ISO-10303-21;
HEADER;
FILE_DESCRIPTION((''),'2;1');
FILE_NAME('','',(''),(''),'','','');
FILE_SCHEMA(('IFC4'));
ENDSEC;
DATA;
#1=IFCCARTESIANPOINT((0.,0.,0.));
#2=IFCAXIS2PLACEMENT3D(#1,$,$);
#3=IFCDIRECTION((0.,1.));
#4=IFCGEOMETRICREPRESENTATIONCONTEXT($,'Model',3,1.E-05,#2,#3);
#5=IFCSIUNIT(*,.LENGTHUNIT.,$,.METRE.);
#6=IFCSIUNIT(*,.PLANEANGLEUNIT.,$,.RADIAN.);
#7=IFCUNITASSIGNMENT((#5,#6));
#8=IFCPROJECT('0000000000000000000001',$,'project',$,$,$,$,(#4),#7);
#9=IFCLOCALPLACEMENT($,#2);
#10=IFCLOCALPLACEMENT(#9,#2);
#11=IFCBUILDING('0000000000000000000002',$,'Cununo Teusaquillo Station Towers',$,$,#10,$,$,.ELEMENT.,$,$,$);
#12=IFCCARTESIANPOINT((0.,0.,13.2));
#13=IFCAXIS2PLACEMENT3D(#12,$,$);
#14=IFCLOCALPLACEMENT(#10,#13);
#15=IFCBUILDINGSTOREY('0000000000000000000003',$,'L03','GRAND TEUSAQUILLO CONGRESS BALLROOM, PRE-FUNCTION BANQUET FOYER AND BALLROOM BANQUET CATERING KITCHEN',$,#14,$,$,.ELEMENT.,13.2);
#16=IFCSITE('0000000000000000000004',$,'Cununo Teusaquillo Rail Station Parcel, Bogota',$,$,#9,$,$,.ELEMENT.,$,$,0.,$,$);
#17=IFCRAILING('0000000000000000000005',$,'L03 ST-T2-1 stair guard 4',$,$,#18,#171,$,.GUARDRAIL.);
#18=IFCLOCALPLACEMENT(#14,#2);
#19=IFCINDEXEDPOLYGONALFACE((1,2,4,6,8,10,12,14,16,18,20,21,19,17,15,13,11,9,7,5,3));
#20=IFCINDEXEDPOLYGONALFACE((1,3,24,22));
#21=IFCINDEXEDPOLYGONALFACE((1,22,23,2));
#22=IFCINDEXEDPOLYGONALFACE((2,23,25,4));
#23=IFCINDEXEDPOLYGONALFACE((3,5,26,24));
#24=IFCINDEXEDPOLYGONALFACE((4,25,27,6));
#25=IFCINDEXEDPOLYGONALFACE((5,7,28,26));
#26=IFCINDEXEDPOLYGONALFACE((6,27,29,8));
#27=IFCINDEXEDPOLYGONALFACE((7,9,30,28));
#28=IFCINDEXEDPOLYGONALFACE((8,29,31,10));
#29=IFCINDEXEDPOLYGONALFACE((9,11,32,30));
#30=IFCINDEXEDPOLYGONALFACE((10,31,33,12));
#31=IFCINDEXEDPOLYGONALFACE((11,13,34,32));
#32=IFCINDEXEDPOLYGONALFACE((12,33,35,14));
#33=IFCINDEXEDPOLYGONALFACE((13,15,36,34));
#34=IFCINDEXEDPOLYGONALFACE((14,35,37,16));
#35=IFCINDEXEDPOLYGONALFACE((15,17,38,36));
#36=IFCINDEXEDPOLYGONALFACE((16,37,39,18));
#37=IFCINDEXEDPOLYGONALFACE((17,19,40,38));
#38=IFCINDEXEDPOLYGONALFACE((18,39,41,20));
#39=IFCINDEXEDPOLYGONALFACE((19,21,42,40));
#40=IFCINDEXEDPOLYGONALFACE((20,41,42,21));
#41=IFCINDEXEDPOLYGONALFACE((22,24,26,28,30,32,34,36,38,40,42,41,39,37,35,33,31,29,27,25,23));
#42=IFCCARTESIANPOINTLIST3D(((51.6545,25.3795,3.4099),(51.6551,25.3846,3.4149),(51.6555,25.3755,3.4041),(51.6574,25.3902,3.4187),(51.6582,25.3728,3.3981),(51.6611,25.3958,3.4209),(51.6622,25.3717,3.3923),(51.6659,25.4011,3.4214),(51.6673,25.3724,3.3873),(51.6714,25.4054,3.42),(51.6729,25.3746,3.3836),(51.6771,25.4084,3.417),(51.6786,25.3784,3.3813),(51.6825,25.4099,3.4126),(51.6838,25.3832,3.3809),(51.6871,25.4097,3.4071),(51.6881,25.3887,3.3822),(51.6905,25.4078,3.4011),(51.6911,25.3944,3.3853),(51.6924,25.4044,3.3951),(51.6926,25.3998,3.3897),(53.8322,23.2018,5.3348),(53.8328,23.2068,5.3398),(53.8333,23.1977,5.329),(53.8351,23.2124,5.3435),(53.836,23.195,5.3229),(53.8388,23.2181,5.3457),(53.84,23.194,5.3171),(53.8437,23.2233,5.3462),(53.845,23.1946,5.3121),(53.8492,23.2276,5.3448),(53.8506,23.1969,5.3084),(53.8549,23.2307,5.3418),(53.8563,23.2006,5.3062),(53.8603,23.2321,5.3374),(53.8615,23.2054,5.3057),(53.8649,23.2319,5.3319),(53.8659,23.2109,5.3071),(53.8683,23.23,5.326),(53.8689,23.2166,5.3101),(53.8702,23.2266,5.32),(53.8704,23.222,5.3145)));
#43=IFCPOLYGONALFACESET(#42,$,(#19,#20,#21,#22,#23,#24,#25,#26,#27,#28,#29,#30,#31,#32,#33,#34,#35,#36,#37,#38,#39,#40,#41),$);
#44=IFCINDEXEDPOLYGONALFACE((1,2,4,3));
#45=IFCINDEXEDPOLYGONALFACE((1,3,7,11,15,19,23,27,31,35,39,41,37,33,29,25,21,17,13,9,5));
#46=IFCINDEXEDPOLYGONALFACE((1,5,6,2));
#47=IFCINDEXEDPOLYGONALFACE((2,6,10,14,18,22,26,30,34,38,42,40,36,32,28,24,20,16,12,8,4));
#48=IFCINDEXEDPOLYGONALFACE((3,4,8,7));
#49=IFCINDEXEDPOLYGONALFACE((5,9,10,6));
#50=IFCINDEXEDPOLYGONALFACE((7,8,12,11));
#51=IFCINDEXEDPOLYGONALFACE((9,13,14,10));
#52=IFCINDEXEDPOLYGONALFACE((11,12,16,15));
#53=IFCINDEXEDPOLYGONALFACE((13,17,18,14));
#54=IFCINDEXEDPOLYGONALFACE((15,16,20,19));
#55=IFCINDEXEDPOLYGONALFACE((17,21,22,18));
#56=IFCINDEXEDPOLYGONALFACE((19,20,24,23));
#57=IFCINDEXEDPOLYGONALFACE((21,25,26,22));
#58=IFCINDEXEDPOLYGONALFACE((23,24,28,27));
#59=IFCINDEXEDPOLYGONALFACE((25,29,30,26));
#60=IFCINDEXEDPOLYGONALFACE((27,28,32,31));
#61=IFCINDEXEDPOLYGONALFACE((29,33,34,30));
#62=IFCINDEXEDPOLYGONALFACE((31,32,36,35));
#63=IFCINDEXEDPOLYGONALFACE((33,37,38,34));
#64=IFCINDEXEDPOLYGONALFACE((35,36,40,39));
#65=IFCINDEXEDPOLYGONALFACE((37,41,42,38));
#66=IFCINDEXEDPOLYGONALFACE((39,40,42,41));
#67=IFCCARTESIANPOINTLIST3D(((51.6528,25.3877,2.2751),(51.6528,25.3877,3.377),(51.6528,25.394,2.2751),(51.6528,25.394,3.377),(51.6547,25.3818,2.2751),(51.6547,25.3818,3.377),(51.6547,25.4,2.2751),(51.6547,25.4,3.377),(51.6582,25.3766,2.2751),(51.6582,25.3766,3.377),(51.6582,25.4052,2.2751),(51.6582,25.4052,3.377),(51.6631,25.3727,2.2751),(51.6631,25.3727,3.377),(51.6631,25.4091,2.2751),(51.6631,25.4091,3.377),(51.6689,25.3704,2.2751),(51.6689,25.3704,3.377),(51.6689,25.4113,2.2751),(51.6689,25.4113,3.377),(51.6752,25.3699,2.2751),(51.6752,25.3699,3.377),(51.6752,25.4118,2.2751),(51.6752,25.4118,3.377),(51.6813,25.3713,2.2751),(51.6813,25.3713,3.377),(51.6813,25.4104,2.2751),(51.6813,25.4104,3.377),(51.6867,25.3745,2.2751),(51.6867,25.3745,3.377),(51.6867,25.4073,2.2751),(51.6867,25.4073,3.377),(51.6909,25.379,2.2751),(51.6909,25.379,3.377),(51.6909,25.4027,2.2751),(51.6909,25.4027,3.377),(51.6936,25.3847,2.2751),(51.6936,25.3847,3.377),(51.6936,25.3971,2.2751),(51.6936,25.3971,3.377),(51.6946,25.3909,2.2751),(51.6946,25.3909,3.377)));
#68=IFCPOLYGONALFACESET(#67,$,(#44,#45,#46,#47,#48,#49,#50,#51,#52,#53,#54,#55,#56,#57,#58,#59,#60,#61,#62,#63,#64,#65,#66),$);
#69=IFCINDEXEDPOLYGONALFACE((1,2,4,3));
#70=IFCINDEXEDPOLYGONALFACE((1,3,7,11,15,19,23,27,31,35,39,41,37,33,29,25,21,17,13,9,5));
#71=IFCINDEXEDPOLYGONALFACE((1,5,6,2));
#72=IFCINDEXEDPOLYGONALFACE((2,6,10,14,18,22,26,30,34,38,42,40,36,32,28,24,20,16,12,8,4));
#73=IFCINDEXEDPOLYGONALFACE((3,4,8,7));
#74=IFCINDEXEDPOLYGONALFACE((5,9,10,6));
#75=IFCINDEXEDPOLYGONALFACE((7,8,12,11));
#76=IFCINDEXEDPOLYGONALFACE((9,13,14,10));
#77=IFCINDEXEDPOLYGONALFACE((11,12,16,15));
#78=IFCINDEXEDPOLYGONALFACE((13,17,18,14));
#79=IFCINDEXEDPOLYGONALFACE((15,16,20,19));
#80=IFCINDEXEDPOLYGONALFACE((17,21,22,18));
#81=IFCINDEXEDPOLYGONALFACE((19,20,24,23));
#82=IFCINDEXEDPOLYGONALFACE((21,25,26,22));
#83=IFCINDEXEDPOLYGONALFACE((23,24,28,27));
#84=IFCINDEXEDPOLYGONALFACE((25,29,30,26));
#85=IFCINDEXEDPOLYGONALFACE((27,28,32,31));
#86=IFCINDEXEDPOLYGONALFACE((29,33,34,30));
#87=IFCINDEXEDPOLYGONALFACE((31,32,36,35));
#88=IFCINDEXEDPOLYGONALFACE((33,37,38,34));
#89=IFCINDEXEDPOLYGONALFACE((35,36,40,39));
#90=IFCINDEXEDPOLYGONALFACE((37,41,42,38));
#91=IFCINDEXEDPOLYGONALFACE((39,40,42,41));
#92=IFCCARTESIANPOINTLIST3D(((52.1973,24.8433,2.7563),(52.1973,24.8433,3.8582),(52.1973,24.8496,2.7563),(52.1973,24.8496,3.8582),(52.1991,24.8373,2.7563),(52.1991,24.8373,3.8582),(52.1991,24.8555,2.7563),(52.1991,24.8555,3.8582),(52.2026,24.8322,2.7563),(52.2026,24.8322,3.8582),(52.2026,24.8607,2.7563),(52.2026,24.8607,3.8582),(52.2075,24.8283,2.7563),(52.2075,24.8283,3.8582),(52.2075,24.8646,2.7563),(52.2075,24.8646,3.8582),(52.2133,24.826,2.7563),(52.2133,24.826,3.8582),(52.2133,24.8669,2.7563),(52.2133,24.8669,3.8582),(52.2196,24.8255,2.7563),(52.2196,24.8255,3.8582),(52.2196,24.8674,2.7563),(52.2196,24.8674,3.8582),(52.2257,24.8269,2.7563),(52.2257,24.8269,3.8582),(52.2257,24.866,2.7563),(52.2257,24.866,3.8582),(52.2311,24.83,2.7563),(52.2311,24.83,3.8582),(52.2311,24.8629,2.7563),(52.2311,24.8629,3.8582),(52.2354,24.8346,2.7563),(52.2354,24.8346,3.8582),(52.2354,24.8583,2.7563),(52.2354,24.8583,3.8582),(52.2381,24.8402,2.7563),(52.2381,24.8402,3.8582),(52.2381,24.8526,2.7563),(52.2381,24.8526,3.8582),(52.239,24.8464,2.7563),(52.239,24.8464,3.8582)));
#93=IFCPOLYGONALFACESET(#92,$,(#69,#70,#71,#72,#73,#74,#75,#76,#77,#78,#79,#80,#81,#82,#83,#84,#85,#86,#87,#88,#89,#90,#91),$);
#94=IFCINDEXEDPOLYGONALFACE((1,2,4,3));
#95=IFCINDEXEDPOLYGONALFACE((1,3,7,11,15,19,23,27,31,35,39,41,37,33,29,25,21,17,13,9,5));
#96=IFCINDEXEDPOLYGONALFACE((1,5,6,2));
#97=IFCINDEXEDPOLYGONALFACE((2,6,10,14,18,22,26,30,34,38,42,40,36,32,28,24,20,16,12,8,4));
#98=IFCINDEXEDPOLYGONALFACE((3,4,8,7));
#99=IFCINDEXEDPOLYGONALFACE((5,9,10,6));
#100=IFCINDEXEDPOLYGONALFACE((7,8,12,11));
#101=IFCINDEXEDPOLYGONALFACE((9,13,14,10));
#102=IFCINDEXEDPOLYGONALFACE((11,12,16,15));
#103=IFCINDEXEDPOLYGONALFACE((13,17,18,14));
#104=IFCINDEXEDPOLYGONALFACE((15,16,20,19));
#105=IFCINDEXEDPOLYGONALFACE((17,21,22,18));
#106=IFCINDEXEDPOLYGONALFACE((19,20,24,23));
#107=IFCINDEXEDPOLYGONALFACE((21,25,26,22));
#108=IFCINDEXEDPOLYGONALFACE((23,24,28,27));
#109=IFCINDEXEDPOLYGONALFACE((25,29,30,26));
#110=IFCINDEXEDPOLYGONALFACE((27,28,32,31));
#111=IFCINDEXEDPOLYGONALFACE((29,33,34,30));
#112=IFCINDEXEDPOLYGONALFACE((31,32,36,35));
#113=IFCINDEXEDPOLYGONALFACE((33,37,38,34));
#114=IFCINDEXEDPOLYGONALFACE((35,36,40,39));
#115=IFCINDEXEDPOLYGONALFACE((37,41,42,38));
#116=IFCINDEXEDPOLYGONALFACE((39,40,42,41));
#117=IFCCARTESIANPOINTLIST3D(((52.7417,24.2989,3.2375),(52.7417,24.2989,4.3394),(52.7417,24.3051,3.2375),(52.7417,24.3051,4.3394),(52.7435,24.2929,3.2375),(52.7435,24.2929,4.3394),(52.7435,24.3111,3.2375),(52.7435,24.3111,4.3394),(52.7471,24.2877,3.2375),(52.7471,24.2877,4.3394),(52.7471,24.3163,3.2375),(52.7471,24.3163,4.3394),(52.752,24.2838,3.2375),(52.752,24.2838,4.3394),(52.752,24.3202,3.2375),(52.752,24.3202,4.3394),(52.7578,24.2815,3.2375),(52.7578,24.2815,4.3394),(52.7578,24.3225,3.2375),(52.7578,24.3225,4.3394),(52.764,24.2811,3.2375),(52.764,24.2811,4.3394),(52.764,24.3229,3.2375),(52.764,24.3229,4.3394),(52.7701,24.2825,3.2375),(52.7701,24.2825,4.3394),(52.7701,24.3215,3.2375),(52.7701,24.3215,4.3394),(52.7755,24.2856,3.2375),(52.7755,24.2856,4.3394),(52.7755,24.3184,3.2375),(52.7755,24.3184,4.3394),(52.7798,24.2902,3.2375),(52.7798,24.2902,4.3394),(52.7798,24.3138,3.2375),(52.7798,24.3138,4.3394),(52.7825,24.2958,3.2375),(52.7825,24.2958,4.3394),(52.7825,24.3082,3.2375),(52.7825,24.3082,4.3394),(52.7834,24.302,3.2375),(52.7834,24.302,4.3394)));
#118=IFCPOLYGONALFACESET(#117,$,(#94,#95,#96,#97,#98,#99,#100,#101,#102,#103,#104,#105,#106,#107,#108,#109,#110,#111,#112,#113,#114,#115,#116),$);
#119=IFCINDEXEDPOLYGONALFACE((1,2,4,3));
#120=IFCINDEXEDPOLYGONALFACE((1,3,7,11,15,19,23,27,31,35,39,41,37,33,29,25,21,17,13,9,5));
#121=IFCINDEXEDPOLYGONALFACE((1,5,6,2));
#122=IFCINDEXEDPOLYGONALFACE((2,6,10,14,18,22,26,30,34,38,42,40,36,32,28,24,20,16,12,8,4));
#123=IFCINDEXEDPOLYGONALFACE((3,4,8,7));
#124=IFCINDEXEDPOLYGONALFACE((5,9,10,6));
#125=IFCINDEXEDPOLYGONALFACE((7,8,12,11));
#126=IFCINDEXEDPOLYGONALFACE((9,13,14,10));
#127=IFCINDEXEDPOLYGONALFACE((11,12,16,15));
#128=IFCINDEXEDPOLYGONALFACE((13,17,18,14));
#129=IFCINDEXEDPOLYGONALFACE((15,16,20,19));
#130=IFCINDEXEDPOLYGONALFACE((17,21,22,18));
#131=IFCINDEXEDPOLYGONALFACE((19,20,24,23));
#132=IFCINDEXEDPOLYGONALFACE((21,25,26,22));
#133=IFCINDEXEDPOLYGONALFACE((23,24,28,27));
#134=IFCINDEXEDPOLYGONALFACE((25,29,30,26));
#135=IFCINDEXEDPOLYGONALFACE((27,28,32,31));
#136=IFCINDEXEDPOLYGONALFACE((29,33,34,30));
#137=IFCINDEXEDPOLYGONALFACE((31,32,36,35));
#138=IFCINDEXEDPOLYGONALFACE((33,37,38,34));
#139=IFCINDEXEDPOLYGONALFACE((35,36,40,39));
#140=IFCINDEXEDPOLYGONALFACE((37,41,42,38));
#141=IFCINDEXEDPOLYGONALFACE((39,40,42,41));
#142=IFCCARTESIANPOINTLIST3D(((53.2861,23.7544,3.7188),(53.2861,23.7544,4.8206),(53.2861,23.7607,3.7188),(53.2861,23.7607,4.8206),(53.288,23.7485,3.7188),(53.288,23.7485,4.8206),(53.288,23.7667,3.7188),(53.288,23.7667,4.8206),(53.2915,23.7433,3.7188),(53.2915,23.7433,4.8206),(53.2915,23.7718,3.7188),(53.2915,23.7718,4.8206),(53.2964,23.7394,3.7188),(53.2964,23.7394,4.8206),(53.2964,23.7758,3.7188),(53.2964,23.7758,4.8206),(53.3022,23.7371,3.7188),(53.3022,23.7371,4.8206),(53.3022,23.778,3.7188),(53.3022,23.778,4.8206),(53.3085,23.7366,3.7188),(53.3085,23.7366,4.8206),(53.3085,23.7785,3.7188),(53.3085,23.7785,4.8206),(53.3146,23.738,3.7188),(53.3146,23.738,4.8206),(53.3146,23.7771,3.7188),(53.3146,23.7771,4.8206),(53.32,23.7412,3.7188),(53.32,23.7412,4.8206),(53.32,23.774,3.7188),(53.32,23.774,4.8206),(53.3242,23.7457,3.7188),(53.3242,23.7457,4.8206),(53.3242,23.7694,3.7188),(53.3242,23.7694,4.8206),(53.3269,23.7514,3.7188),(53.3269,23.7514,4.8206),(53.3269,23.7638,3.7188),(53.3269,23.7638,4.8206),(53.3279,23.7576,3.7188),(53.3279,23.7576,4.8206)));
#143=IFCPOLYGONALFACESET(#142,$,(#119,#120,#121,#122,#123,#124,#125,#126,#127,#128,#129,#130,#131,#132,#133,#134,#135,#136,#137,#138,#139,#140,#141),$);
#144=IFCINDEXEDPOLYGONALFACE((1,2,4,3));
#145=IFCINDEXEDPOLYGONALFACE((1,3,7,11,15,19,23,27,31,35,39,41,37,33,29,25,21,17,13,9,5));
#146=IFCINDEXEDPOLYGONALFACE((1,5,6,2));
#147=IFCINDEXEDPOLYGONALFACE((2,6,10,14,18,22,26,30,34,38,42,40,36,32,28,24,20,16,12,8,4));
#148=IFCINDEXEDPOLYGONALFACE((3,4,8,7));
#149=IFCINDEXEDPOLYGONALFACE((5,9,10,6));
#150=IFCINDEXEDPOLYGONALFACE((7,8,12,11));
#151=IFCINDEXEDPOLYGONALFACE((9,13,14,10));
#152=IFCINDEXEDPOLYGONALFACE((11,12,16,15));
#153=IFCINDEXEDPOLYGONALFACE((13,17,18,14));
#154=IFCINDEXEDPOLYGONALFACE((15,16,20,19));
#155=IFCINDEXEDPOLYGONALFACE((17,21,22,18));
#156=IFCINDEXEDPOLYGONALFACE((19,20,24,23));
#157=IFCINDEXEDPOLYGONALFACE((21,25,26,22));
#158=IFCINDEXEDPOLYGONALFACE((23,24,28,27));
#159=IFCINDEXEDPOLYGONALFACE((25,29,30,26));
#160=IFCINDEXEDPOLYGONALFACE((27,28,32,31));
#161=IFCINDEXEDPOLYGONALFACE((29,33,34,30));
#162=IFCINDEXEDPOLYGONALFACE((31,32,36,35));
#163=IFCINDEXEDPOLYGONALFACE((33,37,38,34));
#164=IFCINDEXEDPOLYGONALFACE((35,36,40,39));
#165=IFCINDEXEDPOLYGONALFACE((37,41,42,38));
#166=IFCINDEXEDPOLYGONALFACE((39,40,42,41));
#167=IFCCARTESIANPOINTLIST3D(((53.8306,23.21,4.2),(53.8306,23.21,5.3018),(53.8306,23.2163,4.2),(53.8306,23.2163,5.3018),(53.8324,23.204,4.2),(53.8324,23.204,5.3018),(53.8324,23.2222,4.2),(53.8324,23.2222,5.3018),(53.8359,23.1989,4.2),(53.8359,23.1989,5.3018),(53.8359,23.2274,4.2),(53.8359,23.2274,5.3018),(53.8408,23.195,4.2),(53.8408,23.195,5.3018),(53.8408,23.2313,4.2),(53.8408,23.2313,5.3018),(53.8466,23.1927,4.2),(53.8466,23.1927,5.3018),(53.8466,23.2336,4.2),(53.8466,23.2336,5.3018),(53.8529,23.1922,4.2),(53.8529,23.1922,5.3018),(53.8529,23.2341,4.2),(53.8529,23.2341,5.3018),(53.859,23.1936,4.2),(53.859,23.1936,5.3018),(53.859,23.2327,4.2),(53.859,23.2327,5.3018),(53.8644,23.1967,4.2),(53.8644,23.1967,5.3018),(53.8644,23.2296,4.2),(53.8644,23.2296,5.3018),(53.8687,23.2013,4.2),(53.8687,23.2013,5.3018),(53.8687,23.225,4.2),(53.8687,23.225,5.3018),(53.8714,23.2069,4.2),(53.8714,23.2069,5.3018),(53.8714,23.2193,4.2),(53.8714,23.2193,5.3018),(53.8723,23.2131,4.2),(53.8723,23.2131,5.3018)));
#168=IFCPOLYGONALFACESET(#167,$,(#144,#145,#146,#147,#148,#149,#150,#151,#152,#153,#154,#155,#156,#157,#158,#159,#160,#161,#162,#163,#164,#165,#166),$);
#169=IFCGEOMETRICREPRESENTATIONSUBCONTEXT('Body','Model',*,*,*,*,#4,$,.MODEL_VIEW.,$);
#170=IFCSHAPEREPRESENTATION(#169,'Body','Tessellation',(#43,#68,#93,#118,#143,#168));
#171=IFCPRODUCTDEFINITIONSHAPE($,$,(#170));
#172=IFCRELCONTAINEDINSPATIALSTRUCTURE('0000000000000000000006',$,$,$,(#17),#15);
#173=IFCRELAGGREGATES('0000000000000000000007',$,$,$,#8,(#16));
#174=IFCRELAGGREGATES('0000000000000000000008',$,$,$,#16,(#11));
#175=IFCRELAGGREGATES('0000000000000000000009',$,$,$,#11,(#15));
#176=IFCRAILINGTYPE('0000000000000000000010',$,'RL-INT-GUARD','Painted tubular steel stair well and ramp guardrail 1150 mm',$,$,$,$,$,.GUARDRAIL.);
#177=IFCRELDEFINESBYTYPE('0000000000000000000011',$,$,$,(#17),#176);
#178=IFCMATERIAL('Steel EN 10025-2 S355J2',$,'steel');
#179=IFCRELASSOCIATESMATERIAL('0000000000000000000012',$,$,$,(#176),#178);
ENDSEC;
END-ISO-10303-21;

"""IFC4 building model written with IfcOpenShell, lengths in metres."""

from ifc_helpers import new_model, si_unit, direction, frame, origin, origin_2d, place, context, subcontext, project, spatial, circle, extrude, material, type_object, element, save


model = new_model("IFC4")

# Units and contexts
model_context = context("Model", 3, precision=1e-05, world=origin(), true_north=direction((0.0, 1.0)))
body_context = subcontext(model_context, "Body", "Model", "MODEL_VIEW")
ifc_project = project(units=[si_unit("LENGTHUNIT", "METRE"), si_unit("PLANEANGLEUNIT", "RADIAN")], contexts=[model_context])

# Site, building, storey
site_placement = place(None, origin())
site = spatial("IfcSite", under=ifc_project, at=site_placement, Name="Cununo Teusaquillo Rail Station Parcel, Bogota", CompositionType="ELEMENT", RefElevation=0.0)
building_placement = place(site_placement, origin())
building = spatial("IfcBuilding", under=site, at=building_placement, Name="Cununo Teusaquillo Station Towers", CompositionType="ELEMENT")
storey_placement = place(building_placement, frame((0.0, 0.0, 13.2)))
storey = spatial("IfcBuildingStorey", under=building, at=storey_placement, Name="L03", Description="GRAND TEUSAQUILLO CONGRESS BALLROOM, PRE-FUNCTION BANQUET FOYER AND BALLROOM BANQUET CATERING KITCHEN", CompositionType="ELEMENT", Elevation=13.2)

# Railing
ifc_material_1 = material(Name="Steel EN 10025-2 S355J2", Category="steel")
railing_type_1 = type_object("IfcRailingType", Name="RL-INT-GUARD", Description="Painted tubular steel stair well and ramp guardrail 1150 mm", PredefinedType="GUARDRAIL", material=ifc_material_1)
railing_1_placement = place(storey_placement, frame((51.6736, 25.3909, 2.2751)))
element("IfcRailing", 1, at=railing_1_placement, inside=storey, type_object=railing_type_1, Name="L03 ST-T2-1 stair guard 4", PredefinedType="GUARDRAIL", context=body_context, shape_type="SweptSolid", body=[
    extrude(circle(Radius=0.0239, at=origin_2d()), frame((0.0, 0.0, 1.126), z_axis=(0.59963, -0.59963, 0.529987), x_axis=(0.707107, 0.707107, 0.0)), (0.0, 0.0, 1.0), 3.6318),
    extrude(circle(Radius=0.021, at=origin_2d()), origin(), (0.0, 0.0, 1.0), 1.1018),
    extrude(circle(Radius=0.021, at=origin_2d()), frame((0.5444, -0.5444, 0.4812)), (0.0, 0.0, 1.0), 1.1018),
    extrude(circle(Radius=0.021, at=origin_2d()), frame((1.0889, -1.0889, 0.9624)), (0.0, 0.0, 1.0), 1.1018),
    extrude(circle(Radius=0.021, at=origin_2d()), frame((1.6333, -1.6333, 1.4436)), (0.0, 0.0, 1.0), 1.1018),
    extrude(circle(Radius=0.021, at=origin_2d()), frame((2.1777, -2.1777, 1.9248)), (0.0, 0.0, 1.0), 1.1018),
])

save(model, "model.ifc")
